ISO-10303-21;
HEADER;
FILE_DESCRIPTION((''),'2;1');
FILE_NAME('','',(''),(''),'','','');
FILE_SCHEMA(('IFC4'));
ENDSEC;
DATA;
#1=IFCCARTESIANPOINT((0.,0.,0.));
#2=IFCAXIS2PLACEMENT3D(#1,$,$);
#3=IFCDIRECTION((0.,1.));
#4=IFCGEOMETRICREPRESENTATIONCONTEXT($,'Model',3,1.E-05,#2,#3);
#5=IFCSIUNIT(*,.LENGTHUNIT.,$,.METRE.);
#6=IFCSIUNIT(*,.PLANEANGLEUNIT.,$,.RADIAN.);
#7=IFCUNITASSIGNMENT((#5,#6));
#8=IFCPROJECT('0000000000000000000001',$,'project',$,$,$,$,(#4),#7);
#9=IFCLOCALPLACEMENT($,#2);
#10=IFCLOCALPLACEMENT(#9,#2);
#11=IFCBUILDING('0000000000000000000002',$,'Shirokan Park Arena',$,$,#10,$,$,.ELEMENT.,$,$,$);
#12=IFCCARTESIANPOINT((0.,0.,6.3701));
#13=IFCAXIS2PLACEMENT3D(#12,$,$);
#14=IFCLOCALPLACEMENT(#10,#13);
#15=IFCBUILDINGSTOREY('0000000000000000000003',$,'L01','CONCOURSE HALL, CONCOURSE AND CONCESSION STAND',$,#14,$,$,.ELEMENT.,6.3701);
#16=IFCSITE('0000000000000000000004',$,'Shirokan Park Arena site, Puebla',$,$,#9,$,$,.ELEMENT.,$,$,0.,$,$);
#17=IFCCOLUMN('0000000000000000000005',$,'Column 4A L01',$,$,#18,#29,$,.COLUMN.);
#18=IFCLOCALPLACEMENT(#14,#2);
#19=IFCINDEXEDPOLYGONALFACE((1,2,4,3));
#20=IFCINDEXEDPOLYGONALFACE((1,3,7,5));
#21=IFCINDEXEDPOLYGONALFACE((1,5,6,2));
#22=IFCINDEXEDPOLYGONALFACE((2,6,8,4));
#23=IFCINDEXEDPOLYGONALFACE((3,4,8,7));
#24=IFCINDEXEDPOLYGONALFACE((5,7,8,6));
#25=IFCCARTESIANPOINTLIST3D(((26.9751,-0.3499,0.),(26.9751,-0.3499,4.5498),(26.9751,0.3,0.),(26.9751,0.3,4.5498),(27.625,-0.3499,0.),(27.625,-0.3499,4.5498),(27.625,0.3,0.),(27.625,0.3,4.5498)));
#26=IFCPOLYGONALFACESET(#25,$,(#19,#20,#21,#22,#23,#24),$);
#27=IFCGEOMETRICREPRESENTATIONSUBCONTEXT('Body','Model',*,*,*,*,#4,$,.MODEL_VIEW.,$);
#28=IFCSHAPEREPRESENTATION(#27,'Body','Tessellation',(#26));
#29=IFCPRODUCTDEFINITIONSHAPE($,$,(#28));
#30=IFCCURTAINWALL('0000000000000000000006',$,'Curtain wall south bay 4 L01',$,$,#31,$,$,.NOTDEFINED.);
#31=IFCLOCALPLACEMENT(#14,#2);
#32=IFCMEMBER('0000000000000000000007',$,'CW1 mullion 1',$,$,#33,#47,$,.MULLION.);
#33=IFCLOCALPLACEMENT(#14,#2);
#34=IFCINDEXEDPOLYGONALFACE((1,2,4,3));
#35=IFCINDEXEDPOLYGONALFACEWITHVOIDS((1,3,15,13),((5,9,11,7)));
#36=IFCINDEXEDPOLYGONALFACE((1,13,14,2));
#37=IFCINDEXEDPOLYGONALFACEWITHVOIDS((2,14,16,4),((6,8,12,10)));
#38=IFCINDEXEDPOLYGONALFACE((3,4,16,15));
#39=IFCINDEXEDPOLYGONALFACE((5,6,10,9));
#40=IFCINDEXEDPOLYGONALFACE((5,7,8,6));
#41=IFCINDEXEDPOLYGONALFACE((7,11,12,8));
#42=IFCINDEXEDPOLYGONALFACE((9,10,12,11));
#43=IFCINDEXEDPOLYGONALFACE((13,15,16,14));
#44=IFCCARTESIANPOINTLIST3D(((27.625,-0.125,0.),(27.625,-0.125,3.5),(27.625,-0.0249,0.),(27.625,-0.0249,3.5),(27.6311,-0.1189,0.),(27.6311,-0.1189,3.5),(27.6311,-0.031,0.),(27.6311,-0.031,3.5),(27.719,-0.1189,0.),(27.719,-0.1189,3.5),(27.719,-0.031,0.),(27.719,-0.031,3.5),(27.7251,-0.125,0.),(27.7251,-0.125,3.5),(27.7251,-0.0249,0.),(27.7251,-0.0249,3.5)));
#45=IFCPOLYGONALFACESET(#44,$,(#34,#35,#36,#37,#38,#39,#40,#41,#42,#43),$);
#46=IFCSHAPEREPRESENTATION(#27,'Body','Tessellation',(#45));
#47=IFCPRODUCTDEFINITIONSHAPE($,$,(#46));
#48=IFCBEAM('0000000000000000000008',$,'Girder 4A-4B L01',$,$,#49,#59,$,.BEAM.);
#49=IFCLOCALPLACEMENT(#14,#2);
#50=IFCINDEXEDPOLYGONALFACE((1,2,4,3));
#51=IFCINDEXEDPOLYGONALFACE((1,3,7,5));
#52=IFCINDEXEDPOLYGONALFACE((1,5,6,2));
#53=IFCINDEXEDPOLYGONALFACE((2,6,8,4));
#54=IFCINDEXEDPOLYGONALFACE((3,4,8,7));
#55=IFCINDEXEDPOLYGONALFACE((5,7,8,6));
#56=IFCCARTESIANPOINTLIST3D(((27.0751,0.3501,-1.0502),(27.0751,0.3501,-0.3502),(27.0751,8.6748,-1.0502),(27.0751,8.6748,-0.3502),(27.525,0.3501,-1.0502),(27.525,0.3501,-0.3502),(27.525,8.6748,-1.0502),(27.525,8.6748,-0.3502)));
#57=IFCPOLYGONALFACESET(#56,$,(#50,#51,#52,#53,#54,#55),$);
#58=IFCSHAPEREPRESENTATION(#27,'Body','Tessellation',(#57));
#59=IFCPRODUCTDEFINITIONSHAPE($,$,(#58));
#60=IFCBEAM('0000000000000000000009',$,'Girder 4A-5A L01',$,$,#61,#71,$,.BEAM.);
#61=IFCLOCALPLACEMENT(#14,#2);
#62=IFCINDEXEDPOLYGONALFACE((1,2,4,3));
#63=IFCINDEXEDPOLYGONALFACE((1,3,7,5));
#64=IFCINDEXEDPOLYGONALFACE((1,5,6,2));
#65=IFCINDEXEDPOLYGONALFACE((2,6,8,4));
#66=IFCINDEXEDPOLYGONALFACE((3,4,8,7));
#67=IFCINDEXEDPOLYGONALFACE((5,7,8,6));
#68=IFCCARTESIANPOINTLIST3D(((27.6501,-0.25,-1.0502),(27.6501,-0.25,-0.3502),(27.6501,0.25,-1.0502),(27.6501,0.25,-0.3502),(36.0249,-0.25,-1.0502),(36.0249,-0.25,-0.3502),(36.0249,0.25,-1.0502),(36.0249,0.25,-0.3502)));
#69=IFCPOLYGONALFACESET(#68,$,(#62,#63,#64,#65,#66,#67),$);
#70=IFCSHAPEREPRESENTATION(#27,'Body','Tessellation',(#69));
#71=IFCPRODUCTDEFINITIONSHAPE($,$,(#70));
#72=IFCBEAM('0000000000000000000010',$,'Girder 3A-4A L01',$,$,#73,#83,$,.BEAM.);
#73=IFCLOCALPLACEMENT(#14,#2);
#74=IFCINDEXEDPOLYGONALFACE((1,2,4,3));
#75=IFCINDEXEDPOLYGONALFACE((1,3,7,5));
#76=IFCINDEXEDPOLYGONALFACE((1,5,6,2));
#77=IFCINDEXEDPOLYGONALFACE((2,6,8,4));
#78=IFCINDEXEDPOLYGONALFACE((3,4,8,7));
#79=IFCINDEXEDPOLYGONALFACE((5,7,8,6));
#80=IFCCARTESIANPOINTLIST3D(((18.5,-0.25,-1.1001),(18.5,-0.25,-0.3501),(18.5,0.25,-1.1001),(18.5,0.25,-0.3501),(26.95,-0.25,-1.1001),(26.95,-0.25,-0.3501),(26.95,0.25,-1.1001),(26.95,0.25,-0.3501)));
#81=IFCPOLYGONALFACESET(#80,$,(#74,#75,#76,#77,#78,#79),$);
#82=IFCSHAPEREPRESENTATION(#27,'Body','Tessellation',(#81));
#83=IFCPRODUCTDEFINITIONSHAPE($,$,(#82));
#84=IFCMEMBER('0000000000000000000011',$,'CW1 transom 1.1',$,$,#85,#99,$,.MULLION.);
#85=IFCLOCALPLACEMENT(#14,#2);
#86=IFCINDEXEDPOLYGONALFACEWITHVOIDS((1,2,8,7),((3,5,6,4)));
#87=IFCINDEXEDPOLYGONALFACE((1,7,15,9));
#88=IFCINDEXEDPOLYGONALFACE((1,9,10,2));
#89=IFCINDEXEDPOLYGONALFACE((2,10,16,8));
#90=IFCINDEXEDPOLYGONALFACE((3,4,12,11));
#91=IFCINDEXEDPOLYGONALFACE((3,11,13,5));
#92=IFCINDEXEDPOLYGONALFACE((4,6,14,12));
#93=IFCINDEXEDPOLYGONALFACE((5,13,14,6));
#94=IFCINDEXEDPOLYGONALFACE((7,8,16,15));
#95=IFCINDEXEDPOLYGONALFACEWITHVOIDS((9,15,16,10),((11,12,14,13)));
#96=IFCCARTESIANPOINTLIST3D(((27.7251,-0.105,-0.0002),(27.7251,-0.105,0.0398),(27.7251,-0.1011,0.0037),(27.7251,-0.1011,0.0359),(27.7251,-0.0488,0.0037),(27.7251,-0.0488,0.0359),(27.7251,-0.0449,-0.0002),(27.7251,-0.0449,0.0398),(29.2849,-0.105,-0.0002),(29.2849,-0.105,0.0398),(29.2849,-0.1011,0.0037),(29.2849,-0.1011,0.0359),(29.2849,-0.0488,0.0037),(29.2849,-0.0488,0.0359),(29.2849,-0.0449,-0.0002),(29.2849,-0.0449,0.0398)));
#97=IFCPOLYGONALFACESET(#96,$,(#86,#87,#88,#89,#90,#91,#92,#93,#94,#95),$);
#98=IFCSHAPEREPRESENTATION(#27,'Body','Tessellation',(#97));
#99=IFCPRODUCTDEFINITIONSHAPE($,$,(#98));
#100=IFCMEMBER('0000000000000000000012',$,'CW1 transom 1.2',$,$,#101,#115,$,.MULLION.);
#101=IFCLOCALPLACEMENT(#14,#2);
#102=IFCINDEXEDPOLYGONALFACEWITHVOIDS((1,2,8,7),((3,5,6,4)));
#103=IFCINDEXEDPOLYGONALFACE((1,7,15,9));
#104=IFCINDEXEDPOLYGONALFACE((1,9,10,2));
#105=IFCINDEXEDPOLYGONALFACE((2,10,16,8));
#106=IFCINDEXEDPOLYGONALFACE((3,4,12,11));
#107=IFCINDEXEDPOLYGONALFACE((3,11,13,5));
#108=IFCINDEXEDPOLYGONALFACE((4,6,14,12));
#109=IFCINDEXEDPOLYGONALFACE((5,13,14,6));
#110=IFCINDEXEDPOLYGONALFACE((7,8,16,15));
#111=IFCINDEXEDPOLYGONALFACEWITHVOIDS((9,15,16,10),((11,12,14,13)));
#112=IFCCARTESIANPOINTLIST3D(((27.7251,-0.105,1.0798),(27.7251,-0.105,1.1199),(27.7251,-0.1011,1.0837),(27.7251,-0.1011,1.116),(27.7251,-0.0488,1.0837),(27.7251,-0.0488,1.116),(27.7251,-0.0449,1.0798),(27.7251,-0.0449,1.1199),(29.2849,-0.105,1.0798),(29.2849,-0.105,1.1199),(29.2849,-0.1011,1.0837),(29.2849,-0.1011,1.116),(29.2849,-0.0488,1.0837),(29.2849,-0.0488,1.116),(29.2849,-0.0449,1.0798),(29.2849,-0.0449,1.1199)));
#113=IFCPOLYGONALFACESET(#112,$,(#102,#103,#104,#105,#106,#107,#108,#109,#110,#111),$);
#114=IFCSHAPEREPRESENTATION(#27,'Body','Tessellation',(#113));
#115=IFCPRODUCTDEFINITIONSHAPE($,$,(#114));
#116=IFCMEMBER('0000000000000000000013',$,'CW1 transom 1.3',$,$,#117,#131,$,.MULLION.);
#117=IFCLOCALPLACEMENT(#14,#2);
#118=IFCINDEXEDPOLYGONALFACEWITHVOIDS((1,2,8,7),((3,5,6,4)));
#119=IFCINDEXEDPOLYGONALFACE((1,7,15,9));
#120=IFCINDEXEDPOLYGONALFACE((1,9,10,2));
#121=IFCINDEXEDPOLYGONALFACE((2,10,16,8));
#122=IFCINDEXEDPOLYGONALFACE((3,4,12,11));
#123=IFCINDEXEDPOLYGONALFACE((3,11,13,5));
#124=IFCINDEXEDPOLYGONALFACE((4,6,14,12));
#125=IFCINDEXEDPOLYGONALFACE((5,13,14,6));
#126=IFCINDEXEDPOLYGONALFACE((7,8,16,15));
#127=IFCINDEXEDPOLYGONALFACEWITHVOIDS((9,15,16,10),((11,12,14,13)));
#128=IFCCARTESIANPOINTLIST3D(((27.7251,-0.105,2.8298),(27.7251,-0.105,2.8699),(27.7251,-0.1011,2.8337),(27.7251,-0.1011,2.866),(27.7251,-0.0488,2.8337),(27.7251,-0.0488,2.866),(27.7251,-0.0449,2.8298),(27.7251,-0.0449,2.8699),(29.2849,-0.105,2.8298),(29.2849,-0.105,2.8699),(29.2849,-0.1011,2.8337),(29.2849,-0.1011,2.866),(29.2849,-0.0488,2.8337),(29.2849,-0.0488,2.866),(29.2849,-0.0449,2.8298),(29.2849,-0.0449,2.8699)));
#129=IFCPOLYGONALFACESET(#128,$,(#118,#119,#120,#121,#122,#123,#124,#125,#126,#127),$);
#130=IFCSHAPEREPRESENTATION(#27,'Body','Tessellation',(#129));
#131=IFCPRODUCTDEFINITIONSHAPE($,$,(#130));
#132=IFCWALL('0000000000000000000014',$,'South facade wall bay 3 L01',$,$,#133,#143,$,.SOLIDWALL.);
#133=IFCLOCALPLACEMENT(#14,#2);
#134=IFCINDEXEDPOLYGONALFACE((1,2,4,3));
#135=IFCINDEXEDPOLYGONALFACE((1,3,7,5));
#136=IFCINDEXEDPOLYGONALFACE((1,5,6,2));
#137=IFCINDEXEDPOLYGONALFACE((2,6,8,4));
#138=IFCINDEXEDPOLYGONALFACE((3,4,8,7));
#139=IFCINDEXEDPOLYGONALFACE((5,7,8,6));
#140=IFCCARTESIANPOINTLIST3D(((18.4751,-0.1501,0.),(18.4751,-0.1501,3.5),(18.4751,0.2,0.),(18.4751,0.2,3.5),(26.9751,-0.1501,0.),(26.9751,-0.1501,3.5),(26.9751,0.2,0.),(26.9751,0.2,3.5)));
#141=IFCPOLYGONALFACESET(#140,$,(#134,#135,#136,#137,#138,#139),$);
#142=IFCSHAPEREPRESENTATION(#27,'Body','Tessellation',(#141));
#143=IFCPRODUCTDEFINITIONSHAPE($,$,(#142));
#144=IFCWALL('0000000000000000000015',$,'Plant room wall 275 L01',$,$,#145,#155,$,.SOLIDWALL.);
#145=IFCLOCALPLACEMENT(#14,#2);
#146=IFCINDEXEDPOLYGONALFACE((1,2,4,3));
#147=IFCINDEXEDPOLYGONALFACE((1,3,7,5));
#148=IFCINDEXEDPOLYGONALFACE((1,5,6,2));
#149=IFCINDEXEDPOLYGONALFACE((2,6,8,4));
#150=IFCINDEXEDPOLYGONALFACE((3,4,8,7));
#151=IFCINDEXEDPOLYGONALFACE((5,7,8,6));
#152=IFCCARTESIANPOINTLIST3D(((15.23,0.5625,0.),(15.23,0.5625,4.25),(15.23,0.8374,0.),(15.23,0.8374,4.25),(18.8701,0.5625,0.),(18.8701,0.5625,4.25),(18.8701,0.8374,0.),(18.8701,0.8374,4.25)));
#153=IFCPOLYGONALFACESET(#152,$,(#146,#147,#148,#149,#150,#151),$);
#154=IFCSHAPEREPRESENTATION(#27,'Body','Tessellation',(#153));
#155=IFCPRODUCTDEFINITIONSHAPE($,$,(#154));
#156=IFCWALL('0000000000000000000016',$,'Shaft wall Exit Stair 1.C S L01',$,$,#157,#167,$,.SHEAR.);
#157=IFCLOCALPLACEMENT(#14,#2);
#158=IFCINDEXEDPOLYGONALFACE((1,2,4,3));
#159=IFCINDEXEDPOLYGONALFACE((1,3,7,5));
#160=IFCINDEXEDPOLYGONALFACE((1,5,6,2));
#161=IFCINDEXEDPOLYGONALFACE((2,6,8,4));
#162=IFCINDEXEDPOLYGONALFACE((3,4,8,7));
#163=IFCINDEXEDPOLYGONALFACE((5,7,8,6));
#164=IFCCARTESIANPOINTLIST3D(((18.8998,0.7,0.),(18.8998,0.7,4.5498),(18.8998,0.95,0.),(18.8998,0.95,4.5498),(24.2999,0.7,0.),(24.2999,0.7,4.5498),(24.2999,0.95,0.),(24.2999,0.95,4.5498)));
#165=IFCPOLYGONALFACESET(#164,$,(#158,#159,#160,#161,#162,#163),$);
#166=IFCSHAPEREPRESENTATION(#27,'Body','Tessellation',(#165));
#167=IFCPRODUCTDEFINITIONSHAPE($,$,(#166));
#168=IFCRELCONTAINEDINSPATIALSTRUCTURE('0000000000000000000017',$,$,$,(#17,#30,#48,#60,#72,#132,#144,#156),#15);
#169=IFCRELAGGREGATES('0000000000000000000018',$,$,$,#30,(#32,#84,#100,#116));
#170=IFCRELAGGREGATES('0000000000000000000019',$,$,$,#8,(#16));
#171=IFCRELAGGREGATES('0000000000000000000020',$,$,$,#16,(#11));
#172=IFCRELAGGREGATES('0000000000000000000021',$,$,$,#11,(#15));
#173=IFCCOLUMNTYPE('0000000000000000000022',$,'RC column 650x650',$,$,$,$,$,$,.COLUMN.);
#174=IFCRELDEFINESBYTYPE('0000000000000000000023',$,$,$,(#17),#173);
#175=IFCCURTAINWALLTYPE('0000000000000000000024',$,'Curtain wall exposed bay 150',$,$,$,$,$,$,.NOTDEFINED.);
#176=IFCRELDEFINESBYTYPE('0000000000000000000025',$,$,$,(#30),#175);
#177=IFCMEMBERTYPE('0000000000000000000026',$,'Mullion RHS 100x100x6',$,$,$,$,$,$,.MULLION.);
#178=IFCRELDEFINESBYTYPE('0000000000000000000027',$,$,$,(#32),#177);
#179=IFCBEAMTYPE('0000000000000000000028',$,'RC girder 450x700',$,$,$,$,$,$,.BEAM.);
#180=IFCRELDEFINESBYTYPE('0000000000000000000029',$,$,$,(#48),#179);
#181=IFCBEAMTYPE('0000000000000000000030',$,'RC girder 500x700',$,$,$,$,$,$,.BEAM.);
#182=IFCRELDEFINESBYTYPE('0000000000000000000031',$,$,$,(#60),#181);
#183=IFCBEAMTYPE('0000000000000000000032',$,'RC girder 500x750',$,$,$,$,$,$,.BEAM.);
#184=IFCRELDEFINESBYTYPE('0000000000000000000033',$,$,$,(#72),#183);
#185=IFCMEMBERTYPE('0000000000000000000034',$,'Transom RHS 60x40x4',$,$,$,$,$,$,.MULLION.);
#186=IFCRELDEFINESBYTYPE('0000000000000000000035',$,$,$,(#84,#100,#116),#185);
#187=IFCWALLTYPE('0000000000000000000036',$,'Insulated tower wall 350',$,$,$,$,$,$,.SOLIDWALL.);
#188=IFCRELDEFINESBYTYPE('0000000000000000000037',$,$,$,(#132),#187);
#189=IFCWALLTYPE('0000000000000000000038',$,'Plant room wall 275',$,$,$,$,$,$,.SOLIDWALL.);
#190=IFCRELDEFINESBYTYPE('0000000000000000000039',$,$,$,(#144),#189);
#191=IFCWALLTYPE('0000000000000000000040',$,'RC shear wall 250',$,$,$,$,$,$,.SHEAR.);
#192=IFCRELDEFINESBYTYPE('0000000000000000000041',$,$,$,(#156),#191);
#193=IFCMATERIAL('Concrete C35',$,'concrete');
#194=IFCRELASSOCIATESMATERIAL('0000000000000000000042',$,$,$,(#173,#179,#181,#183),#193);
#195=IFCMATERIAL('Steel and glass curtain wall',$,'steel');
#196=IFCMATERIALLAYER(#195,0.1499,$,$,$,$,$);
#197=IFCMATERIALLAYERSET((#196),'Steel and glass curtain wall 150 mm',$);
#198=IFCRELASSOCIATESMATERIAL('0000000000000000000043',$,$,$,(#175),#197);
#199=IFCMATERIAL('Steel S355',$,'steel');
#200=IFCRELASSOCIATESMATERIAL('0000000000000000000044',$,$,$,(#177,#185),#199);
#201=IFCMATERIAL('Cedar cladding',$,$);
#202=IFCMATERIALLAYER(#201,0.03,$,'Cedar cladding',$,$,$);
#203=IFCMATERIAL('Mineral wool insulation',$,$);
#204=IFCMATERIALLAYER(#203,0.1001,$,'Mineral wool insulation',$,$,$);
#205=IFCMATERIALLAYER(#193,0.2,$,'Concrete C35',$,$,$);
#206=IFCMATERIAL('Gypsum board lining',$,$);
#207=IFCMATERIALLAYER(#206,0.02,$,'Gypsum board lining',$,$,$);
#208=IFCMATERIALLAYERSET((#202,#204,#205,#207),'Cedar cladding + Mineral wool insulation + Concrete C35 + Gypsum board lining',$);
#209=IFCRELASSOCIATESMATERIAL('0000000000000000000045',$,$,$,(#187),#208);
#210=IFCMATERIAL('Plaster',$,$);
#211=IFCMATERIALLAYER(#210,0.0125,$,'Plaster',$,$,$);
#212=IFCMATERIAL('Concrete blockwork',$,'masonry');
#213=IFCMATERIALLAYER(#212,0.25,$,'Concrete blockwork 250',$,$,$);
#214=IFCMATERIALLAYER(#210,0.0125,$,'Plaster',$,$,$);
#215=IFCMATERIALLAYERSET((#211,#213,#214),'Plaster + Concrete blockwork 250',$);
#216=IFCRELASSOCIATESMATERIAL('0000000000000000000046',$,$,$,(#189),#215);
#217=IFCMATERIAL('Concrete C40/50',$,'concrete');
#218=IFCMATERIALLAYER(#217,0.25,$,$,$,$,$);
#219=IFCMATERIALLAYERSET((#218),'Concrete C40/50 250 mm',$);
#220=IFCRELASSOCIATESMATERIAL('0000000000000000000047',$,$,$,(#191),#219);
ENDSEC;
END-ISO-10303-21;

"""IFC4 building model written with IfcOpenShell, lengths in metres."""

from ifc_helpers import new_model, si_unit, direction, frame, frame_2d, origin, origin_2d, place, context, subcontext, project, spatial, rectangle, hollow_rectangle, extrude, material, layer, layer_set, material_profile, profile_set, type_object, element, aggregate, save


model = new_model("IFC4")

# Units and contexts
model_context = context("Model", 3, precision=1e-05, world=origin(), true_north=direction((0.0, 1.0)))
body_context = subcontext(model_context, "Body", "Model", "MODEL_VIEW")
ifc_project = project(units=[si_unit("LENGTHUNIT", "METRE"), si_unit("PLANEANGLEUNIT", "RADIAN")], contexts=[model_context])

# Site, building, storey
site_placement = place(None, origin())
site = spatial("IfcSite", under=ifc_project, at=site_placement, Name="Shirokan Park Arena site, Puebla", CompositionType="ELEMENT", RefElevation=0.0)
building_placement = place(site_placement, origin())
building = spatial("IfcBuilding", under=site, at=building_placement, Name="Shirokan Park Arena", CompositionType="ELEMENT")
storey_placement = place(building_placement, frame((0.0, 0.0, 6.3701)))
storey = spatial("IfcBuildingStorey", under=building, at=storey_placement, Name="L01", Description="CONCOURSE HALL, CONCOURSE AND CONCESSION STAND", CompositionType="ELEMENT", Elevation=6.3701)

# Column
ifc_material_1 = material(Name="Concrete C35", Category="concrete")
ifc_material_profile_1 = material_profile(ifc_material_1, rectangle(XDim=0.6499, YDim=0.6499, at=origin_2d()), Name="650x650")
ifc_profile_set_1 = profile_set([ifc_material_profile_1], Name="Concrete C35")
column_type = type_object("IfcColumnType", Name="RC column 650x650", PredefinedType="COLUMN", material=ifc_profile_set_1)
column_placement = place(storey_placement, frame((27.3, -0.0249, 0.0), z_axis=(0.0, 0.0, 1.0), x_axis=(1.0, 0.0, 0.0)))
element("IfcColumn", 1, at=column_placement, inside=storey, type_object=column_type, Name="Column 4A L01", PredefinedType="COLUMN", context=body_context, shape_type="SweptSolid", body=[
    extrude(rectangle(XDim=0.6499, YDim=0.6499, at=origin_2d()), origin(), (0.0, 0.0, 1.0), 4.5498),
])

# Curtain wall, member
ifc_material_2 = material(Name="Steel and glass curtain wall", Category="steel")
ifc_layer_1 = layer(ifc_material_2, 0.1499)
ifc_layer_set_1 = layer_set([ifc_layer_1], Name="Steel and glass curtain wall 150 mm")
curtain_wall_type = type_object("IfcCurtainWallType", Name="Curtain wall exposed bay 150", PredefinedType="NOTDEFINED", material=ifc_layer_set_1)
curtain_wall_placement = place(storey_placement, origin())
curtain_wall = element("IfcCurtainWall", 2, at=curtain_wall_placement, inside=storey, type_object=curtain_wall_type, Name="Curtain wall south bay 4 L01", PredefinedType="NOTDEFINED")
ifc_material_3 = material(Name="Steel S355", Category="steel")
ifc_material_profile_2 = material_profile(ifc_material_3, hollow_rectangle(XDim=0.1001, YDim=0.1001, WallThickness=0.0061, at=origin_2d()), Name="RHS 100x100x6")
ifc_profile_set_2 = profile_set([ifc_material_profile_2], Name="Steel S355")
member_type_1 = type_object("IfcMemberType", Name="Mullion RHS 100x100x6", PredefinedType="MULLION", material=ifc_profile_set_2)
member_1_placement = place(storey_placement, frame((27.675, -0.075, 0.0), z_axis=(0.0, 0.0, 1.0), x_axis=(0.0, 1.0, 0.0)))
member_1 = element("IfcMember", 3, at=member_1_placement, type_object=member_type_1, Name="CW1 mullion 1", PredefinedType="MULLION", context=body_context, shape_type="SweptSolid", body=[
    extrude(hollow_rectangle(XDim=0.1001, YDim=0.1001, WallThickness=0.0061, at=origin_2d()), origin(), (0.0, 0.0, 1.0), 3.5),
])

# Beams
ifc_material_profile_3 = material_profile(ifc_material_1, rectangle(XDim=0.45, YDim=0.7, at=origin_2d()), Name="450x700")
ifc_profile_set_3 = profile_set([ifc_material_profile_3], Name="Concrete C35")
beam_type_1 = type_object("IfcBeamType", Name="RC girder 450x700", PredefinedType="BEAM", material=ifc_profile_set_3)
beam_1_placement = place(storey_placement, frame((27.3, 0.3501, -0.7002), z_axis=(0.0, 1.0, 0.0), x_axis=(-1.0, 0.0, 0.0)))
element("IfcBeam", 4, at=beam_1_placement, inside=storey, type_object=beam_type_1, Name="Girder 4A-4B L01", PredefinedType="BEAM", context=body_context, shape_type="SweptSolid", body=[
    extrude(rectangle(XDim=0.45, YDim=0.7, at=origin_2d()), origin(), (0.0, 0.0, 1.0), 8.3247),
])
ifc_material_profile_4 = material_profile(ifc_material_1, rectangle(XDim=0.5, YDim=0.7, at=origin_2d()), Name="500x700")
ifc_profile_set_4 = profile_set([ifc_material_profile_4], Name="Concrete C35")
beam_type_2 = type_object("IfcBeamType", Name="RC girder 500x700", PredefinedType="BEAM", material=ifc_profile_set_4)
beam_2_placement = place(storey_placement, frame((27.6501, 0.0, -0.7002), z_axis=(1.0, 0.0, 0.0), x_axis=(0.0, 1.0, 0.0)))
element("IfcBeam", 5, at=beam_2_placement, inside=storey, type_object=beam_type_2, Name="Girder 4A-5A L01", PredefinedType="BEAM", context=body_context, shape_type="SweptSolid", body=[
    extrude(rectangle(XDim=0.5, YDim=0.7, at=origin_2d()), origin(), (0.0, 0.0, 1.0), 8.3748),
])
ifc_material_profile_5 = material_profile(ifc_material_1, rectangle(XDim=0.5, YDim=0.75, at=origin_2d()), Name="500x750")
ifc_profile_set_5 = profile_set([ifc_material_profile_5], Name="Concrete C35")
beam_type_3 = type_object("IfcBeamType", Name="RC girder 500x750", PredefinedType="BEAM", material=ifc_profile_set_5)
beam_3_placement = place(storey_placement, frame((18.5, 0.0, -0.7251), z_axis=(1.0, 0.0, 0.0), x_axis=(0.0, 1.0, 0.0)))
element("IfcBeam", 6, at=beam_3_placement, inside=storey, type_object=beam_type_3, Name="Girder 3A-4A L01", PredefinedType="BEAM", context=body_context, shape_type="SweptSolid", body=[
    extrude(rectangle(XDim=0.5, YDim=0.75, at=origin_2d()), origin(), (0.0, 0.0, 1.0), 8.45),
])

# Members
ifc_material_profile_6 = material_profile(ifc_material_3, hollow_rectangle(XDim=0.0601, YDim=0.04, WallThickness=0.0039, at=origin_2d()), Name="RHS 60x40x4")
ifc_profile_set_6 = profile_set([ifc_material_profile_6], Name="Steel S355")
member_type_2 = type_object("IfcMemberType", Name="Transom RHS 60x40x4", PredefinedType="MULLION", material=ifc_profile_set_6)
member_2_placement = place(storey_placement, frame((27.7251, -0.075, 0.0198), z_axis=(1.0, 0.0, 0.0), x_axis=(0.0, 1.0, 0.0)))
member_2 = element("IfcMember", 7, at=member_2_placement, type_object=member_type_2, Name="CW1 transom 1.1", PredefinedType="MULLION", context=body_context, shape_type="SweptSolid", body=[
    extrude(hollow_rectangle(XDim=0.0601, YDim=0.04, WallThickness=0.0039, at=origin_2d()), origin(), (0.0, 0.0, 1.0), 1.5598),
])
member_3_placement = place(storey_placement, frame((27.7251, -0.075, 1.0999), z_axis=(1.0, 0.0, 0.0), x_axis=(0.0, 1.0, 0.0)))
member_3 = element("IfcMember", 8, at=member_3_placement, type_object=member_type_2, Name="CW1 transom 1.2", PredefinedType="MULLION", context=body_context, shape_type="SweptSolid", body=[
    extrude(hollow_rectangle(XDim=0.0601, YDim=0.04, WallThickness=0.0039, at=origin_2d()), origin(), (0.0, 0.0, 1.0), 1.5598),
])
member_4_placement = place(storey_placement, frame((27.7251, -0.075, 2.8499), z_axis=(1.0, 0.0, 0.0), x_axis=(0.0, 1.0, 0.0)))
member_4 = element("IfcMember", 9, at=member_4_placement, type_object=member_type_2, Name="CW1 transom 1.3", PredefinedType="MULLION", context=body_context, shape_type="SweptSolid", body=[
    extrude(hollow_rectangle(XDim=0.0601, YDim=0.04, WallThickness=0.0039, at=origin_2d()), origin(), (0.0, 0.0, 1.0), 1.5598),
])
aggregate(curtain_wall, [member_1, member_2, member_3, member_4])

# Walls
ifc_material_4 = material(Name="Cedar cladding")
ifc_layer_2 = layer(ifc_material_4, 0.03, Name="Cedar cladding")
ifc_material_5 = material(Name="Mineral wool insulation")
ifc_layer_3 = layer(ifc_material_5, 0.1001, Name="Mineral wool insulation")
ifc_layer_4 = layer(ifc_material_1, 0.2, Name="Concrete C35")
ifc_material_6 = material(Name="Gypsum board lining")
ifc_layer_5 = layer(ifc_material_6, 0.02, Name="Gypsum board lining")
ifc_layer_set_2 = layer_set([ifc_layer_2, ifc_layer_3, ifc_layer_4, ifc_layer_5], Name="Cedar cladding + Mineral wool insulation + Concrete C35 + Gypsum board lining")
wall_type_1 = type_object("IfcWallType", Name="Insulated tower wall 350", PredefinedType="SOLIDWALL", material=ifc_layer_set_2)
wall_1_placement = place(storey_placement, frame((18.4751, 0.0249, 0.0), z_axis=(0.0, 0.0, 1.0), x_axis=(1.0, 0.0, 0.0)))
element("IfcWall", 10, at=wall_1_placement, inside=storey, type_object=wall_type_1, Name="South facade wall bay 3 L01", PredefinedType="SOLIDWALL", context=body_context, shape_type="SweptSolid", body=[
    extrude(rectangle(XDim=8.5, YDim=0.3501, at=frame_2d((4.25, 0.0))), origin(), (0.0, 0.0, 1.0), 3.5),
])
ifc_material_7 = material(Name="Plaster")
ifc_layer_6 = layer(ifc_material_7, 0.0125, Name="Plaster")
ifc_material_8 = material(Name="Concrete blockwork", Category="masonry")
ifc_layer_7 = layer(ifc_material_8, 0.25, Name="Concrete blockwork 250")
ifc_layer_8 = layer(ifc_material_7, 0.0125, Name="Plaster")
ifc_layer_set_3 = layer_set([ifc_layer_6, ifc_layer_7, ifc_layer_8], Name="Plaster + Concrete blockwork 250")
wall_type_2 = type_object("IfcWallType", Name="Plant room wall 275", PredefinedType="SOLIDWALL", material=ifc_layer_set_3)
wall_2_placement = place(storey_placement, frame((18.8701, 0.7, 0.0), z_axis=(0.0, 0.0, 1.0), x_axis=(-1.0, 0.0, 0.0)))
element("IfcWall", 11, at=wall_2_placement, inside=storey, type_object=wall_type_2, Name="Plant room wall 275 L01", PredefinedType="SOLIDWALL", context=body_context, shape_type="SweptSolid", body=[
    extrude(rectangle(XDim=3.6401, YDim=0.2749, at=frame_2d((1.8201, 0.0))), origin(), (0.0, 0.0, 1.0), 4.25),
])
ifc_material_9 = material(Name="Concrete C40/50", Category="concrete")
ifc_layer_9 = layer(ifc_material_9, 0.25)
ifc_layer_set_4 = layer_set([ifc_layer_9], Name="Concrete C40/50 250 mm")
wall_type_3 = type_object("IfcWallType", Name="RC shear wall 250", PredefinedType="SHEAR", material=ifc_layer_set_4)
wall_3_placement = place(storey_placement, frame((24.3, 0.825, 0.0), z_axis=(0.0, 0.0, 1.0), x_axis=(-1.0, 0.0, 0.0)))
element("IfcWall", 12, at=wall_3_placement, inside=storey, type_object=wall_type_3, Name="Shaft wall Exit Stair 1.C S L01", PredefinedType="SHEAR", context=body_context, shape_type="SweptSolid", body=[
    extrude(rectangle(XDim=5.4001, YDim=0.25, at=frame_2d((2.7002, 0.0))), origin(), (0.0, 0.0, 1.0), 4.5498),
])

save(model, "model.ifc")
